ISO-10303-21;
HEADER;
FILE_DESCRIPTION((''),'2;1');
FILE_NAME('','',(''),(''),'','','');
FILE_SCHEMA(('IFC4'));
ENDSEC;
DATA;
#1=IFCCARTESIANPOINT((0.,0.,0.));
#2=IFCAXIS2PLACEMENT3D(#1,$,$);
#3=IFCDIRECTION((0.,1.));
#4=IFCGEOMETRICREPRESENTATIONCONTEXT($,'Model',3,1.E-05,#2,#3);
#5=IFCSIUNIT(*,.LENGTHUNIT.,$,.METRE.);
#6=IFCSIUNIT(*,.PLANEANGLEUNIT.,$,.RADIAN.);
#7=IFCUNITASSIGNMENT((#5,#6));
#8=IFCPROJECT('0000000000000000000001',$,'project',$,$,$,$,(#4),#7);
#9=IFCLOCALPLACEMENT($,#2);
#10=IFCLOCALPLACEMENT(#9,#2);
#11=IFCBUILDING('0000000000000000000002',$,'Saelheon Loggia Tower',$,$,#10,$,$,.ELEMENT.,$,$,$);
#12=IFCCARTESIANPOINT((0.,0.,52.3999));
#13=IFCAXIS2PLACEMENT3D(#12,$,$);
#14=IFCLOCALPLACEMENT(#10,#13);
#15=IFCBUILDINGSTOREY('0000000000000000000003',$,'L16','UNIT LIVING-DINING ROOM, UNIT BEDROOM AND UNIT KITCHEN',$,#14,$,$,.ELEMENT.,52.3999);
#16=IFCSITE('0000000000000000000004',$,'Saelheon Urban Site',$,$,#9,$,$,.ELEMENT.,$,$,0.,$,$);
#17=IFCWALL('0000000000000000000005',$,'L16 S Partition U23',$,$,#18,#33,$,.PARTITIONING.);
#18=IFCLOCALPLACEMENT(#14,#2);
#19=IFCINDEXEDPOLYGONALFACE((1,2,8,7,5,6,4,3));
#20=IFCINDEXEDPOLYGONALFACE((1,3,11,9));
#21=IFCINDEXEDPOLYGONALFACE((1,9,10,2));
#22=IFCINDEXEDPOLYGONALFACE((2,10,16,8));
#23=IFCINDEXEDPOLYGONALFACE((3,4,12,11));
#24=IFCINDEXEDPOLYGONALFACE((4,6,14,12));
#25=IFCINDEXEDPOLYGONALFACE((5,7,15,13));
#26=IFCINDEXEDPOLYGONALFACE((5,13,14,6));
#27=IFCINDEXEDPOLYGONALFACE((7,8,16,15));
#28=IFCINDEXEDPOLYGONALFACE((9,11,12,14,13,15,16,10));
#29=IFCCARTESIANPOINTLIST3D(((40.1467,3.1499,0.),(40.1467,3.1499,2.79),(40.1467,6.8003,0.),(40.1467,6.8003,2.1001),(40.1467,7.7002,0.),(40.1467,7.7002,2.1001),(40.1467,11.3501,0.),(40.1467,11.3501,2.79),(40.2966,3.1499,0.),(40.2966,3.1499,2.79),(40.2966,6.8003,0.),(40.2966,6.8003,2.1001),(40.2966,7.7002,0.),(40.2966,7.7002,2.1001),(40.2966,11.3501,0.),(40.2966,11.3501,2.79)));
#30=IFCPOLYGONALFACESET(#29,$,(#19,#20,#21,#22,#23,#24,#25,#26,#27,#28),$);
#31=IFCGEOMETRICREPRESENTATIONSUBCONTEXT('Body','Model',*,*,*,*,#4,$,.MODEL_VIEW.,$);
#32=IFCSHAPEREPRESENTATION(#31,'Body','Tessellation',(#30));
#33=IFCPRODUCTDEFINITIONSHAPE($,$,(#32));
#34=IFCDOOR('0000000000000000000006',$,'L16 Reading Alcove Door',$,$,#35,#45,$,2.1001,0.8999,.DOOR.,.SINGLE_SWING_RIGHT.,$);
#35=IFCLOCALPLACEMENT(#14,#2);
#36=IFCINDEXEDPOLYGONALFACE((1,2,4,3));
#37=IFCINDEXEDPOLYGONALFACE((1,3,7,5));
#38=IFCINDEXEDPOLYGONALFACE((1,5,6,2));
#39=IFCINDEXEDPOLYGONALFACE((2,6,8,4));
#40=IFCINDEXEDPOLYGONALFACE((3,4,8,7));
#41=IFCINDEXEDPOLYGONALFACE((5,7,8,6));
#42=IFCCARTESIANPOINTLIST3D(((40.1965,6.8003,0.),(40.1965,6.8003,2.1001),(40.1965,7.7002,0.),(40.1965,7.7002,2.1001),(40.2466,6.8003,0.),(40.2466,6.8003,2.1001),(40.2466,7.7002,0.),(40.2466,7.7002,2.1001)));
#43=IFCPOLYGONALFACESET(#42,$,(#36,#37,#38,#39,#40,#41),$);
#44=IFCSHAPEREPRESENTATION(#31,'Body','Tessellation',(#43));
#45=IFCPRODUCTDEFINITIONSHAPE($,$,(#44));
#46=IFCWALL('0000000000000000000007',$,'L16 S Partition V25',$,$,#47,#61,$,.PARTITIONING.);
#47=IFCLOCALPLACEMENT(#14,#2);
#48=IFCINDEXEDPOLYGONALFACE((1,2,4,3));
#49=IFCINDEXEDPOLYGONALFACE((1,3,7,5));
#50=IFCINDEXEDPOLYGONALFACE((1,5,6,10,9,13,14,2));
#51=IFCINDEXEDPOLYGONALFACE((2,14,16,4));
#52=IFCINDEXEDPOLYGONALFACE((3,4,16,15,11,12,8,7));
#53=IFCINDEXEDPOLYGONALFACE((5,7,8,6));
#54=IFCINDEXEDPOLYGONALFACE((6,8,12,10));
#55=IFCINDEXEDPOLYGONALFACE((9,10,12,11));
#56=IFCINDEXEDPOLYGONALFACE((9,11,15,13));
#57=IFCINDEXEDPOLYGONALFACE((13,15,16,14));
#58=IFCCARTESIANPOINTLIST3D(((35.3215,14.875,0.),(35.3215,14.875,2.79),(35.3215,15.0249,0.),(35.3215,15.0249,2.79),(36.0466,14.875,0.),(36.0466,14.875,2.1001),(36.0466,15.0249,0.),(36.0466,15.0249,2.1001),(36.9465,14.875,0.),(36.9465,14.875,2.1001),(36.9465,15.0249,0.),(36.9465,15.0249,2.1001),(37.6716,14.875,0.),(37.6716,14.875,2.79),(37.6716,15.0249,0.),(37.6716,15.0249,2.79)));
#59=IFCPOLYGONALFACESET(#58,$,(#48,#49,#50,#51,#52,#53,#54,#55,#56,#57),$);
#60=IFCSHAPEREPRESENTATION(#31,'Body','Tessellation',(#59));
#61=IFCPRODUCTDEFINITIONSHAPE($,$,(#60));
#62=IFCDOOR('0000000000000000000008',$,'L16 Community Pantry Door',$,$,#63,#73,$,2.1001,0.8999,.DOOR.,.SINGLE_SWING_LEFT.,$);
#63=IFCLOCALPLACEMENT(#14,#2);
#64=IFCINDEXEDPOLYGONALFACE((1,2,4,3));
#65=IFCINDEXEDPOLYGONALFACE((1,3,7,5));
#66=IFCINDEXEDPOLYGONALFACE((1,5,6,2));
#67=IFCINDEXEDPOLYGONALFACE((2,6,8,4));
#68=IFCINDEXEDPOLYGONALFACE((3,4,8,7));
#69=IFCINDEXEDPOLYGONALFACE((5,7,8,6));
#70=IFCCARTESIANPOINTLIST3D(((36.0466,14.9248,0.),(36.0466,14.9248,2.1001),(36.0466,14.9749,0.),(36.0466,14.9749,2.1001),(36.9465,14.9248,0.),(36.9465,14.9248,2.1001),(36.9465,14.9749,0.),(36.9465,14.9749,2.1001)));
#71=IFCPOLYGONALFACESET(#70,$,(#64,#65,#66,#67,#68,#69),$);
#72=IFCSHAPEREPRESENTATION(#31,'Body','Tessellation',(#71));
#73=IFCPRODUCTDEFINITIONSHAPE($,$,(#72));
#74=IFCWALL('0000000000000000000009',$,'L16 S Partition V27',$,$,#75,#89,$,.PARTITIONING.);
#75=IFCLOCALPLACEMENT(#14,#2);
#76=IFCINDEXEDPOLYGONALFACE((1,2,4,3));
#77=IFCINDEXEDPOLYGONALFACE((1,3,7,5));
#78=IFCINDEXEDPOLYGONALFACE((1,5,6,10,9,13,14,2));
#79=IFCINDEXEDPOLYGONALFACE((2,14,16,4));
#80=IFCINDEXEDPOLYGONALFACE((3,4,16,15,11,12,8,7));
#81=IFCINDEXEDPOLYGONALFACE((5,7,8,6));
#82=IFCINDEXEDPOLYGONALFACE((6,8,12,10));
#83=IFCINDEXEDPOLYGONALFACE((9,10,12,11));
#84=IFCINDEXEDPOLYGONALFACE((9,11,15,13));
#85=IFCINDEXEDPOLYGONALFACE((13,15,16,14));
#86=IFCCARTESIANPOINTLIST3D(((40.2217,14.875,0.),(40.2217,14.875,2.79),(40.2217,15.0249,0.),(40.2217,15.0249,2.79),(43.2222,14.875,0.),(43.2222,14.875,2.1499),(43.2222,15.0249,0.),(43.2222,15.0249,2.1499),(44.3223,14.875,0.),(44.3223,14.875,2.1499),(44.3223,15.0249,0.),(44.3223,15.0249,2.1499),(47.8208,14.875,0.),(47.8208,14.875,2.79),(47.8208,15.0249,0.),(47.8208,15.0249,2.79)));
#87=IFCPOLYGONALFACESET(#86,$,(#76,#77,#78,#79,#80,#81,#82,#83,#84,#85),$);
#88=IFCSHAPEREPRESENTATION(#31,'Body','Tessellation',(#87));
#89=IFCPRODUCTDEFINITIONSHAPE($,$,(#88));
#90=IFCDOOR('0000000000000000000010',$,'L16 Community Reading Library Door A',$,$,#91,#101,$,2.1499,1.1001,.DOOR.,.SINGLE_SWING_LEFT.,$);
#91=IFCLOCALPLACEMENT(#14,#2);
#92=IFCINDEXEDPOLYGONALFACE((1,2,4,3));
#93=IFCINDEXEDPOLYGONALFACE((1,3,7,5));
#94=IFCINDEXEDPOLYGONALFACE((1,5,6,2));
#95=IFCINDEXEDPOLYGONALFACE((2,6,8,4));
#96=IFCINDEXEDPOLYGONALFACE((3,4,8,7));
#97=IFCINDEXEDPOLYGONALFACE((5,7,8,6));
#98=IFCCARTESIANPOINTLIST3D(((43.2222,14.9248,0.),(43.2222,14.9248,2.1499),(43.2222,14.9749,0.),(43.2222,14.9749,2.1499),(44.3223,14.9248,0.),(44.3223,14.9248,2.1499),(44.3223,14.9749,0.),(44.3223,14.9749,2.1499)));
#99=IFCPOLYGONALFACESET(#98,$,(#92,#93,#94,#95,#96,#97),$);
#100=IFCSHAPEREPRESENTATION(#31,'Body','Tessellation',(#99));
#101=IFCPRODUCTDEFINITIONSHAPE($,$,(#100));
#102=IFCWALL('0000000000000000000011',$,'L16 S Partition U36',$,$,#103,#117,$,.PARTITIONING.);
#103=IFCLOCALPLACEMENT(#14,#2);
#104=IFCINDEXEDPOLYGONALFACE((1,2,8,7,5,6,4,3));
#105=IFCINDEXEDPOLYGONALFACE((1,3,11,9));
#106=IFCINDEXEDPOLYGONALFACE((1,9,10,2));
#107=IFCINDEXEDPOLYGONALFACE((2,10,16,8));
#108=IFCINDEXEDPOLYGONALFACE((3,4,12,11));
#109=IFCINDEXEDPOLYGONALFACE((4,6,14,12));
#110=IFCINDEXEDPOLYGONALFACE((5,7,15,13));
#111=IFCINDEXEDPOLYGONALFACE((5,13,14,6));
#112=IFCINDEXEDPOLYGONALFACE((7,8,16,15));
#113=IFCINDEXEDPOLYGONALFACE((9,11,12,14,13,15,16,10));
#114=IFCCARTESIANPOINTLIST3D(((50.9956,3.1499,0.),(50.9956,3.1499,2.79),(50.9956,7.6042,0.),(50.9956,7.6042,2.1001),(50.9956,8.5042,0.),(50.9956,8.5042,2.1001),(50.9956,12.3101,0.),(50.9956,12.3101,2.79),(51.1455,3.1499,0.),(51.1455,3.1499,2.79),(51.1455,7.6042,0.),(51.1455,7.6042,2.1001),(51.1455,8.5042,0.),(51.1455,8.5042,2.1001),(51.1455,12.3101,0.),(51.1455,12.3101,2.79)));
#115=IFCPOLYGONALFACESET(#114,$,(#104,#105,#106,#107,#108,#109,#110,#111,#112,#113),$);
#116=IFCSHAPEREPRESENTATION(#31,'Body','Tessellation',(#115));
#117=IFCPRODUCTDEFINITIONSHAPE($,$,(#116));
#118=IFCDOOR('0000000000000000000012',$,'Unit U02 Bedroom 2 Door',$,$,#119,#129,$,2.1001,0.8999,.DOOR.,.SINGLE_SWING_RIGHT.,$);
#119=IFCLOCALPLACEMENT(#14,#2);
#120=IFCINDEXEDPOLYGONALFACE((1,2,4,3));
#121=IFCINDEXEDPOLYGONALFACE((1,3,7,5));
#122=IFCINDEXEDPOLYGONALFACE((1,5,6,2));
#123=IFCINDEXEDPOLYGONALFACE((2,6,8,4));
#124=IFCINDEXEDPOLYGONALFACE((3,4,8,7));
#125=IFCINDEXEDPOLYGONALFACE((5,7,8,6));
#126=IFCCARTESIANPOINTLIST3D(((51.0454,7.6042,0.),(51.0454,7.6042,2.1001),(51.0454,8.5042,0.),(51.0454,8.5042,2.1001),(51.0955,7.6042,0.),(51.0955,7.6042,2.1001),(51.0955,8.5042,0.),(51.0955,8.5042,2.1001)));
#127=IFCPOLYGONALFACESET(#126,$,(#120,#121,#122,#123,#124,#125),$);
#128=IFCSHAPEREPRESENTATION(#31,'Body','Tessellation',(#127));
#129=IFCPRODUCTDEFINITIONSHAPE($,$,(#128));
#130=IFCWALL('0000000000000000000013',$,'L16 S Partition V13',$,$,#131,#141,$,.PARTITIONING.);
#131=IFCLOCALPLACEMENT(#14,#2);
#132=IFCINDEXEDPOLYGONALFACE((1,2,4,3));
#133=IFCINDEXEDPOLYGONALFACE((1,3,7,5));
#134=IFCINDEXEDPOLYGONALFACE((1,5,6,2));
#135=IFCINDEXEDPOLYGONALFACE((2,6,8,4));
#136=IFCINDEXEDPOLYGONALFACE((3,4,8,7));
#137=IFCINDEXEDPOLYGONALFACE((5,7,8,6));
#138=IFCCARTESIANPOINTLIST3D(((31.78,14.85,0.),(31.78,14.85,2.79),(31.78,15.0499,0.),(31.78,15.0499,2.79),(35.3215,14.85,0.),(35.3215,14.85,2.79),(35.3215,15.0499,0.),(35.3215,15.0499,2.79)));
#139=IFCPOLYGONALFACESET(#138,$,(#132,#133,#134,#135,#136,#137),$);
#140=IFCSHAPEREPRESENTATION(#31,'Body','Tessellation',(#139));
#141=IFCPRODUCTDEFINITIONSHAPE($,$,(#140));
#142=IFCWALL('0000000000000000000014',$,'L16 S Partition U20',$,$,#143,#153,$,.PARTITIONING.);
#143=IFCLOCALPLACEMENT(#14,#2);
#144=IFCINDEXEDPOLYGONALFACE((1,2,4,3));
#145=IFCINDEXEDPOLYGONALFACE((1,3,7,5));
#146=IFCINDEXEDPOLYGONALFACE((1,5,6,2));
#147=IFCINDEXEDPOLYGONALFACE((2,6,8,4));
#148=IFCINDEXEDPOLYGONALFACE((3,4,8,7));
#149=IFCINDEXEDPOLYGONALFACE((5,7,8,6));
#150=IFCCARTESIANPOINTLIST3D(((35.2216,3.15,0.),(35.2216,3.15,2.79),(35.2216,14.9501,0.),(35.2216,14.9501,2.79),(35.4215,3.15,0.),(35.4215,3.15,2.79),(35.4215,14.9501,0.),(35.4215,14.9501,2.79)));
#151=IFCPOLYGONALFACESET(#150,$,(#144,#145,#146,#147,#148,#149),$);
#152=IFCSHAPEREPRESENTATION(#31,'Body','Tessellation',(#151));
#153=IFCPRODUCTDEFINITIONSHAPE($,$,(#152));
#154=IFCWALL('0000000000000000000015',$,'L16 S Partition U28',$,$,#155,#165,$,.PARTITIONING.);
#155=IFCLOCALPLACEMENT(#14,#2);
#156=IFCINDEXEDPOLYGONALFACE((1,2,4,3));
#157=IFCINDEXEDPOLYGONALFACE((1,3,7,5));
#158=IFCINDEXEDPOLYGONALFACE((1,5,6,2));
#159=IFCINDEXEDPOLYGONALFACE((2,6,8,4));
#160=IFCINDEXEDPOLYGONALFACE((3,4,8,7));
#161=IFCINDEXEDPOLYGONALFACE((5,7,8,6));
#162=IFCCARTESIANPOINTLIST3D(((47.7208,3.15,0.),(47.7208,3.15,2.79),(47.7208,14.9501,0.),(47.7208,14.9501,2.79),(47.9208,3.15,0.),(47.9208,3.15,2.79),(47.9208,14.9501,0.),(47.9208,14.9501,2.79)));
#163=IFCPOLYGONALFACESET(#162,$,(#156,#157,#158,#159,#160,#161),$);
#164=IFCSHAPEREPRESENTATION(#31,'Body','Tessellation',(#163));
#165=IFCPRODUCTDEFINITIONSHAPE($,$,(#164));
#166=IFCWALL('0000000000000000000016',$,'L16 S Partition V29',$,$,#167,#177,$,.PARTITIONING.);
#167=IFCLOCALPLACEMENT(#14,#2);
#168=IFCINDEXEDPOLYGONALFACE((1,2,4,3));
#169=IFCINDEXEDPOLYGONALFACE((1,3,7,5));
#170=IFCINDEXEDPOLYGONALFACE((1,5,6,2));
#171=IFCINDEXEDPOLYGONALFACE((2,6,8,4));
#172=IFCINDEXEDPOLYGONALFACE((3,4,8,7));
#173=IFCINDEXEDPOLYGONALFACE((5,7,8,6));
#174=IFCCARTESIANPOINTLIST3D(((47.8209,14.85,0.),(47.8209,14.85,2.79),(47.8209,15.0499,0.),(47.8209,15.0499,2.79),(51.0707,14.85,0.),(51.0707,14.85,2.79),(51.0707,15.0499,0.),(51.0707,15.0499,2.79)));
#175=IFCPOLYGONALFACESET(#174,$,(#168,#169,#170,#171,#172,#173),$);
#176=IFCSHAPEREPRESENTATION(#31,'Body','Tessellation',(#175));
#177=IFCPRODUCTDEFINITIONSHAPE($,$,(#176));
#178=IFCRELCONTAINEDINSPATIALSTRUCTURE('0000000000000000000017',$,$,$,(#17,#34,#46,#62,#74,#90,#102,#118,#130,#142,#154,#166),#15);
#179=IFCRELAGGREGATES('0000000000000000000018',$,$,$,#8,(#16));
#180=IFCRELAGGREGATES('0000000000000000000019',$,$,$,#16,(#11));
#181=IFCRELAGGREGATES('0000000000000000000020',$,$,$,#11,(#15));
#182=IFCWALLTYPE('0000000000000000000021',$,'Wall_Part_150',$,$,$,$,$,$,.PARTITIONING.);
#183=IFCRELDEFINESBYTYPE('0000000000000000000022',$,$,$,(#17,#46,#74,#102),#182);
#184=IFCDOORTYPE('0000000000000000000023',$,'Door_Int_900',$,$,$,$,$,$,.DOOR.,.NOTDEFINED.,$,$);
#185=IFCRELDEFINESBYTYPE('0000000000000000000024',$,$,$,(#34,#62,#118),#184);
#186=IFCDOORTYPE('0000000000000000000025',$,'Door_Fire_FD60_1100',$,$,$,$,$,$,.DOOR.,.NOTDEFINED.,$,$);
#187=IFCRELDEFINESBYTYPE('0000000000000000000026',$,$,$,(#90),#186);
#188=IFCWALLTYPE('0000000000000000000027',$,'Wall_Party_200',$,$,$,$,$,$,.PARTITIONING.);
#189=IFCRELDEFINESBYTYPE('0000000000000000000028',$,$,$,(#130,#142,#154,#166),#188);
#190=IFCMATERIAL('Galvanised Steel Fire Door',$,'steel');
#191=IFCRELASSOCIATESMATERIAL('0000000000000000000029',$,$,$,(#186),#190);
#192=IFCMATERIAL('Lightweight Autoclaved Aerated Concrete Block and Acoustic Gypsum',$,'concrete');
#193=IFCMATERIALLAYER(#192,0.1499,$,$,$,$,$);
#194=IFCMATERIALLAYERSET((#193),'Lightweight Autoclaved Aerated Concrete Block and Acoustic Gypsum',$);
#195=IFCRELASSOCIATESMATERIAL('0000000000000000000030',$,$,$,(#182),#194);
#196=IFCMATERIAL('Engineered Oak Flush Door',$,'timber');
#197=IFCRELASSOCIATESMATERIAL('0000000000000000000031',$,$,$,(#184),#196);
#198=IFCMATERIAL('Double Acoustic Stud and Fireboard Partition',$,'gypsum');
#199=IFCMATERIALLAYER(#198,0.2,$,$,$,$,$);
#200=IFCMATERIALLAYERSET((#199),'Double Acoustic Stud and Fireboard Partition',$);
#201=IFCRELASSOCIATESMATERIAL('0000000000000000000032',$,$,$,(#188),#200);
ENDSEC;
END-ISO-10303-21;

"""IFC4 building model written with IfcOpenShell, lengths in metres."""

from ifc_helpers import new_model, si_unit, direction, frame, frame_2d, origin, place, context, subcontext, project, spatial, rectangle, extrude, source, transform, mapped, material, layer, layer_set, type_object, element, fill, save


model = new_model("IFC4")

# Units and contexts
model_context = context("Model", 3, precision=1e-05, world=origin(), true_north=direction((0.0, 1.0)))
body_context = subcontext(model_context, "Body", "Model", "MODEL_VIEW")
ifc_project = project(units=[si_unit("LENGTHUNIT", "METRE"), si_unit("PLANEANGLEUNIT", "RADIAN")], contexts=[model_context])

# Site, building, storey
site_placement = place(None, origin())
site = spatial("IfcSite", under=ifc_project, at=site_placement, Name="Saelheon Urban Site", CompositionType="ELEMENT", RefElevation=0.0)
building_placement = place(site_placement, origin())
building = spatial("IfcBuilding", under=site, at=building_placement, Name="Saelheon Loggia Tower", CompositionType="ELEMENT")
storey_placement = place(building_placement, frame((0.0, 0.0, 52.3999)))
storey = spatial("IfcBuildingStorey", under=building, at=storey_placement, Name="L16", Description="UNIT LIVING-DINING ROOM, UNIT BEDROOM AND UNIT KITCHEN", CompositionType="ELEMENT", Elevation=52.3999)

# Shared definitions
ifc_material_1 = material(Name="Galvanised Steel Fire Door", Category="steel")
door_type_1 = type_object("IfcDoorType", Name="Door_Fire_FD60_1100", OperationType="NOTDEFINED", PredefinedType="DOOR", material=ifc_material_1)
shared_shape_1 = source(origin(), body_context, "Body", "SweptSolid", [
    extrude(rectangle(XDim=1.1001, YDim=2.1499, at=frame_2d((0.55, 1.075))), frame((0.0, 0.0249, 0.0), z_axis=(0.0, -1.0, 0.0), x_axis=(1.0, 0.0, 0.0)), (0.0, 0.0, 1.0), 0.05),
])

# Shared definitions
ifc_material_2 = material(Name="Lightweight Autoclaved Aerated Concrete Block and Acoustic Gypsum", Category="concrete")
ifc_layer_1 = layer(ifc_material_2, 0.1499)
ifc_layer_set_1 = layer_set([ifc_layer_1], Name="Lightweight Autoclaved Aerated Concrete Block and Acoustic Gypsum")
wall_type_1 = type_object("IfcWallType", Name="Wall_Part_150", PredefinedType="PARTITIONING", material=ifc_layer_set_1)

# Shared definitions
ifc_material_3 = material(Name="Engineered Oak Flush Door", Category="timber")
door_type_2 = type_object("IfcDoorType", Name="Door_Int_900", OperationType="NOTDEFINED", PredefinedType="DOOR", material=ifc_material_3)
shared_shape_2 = source(origin(), body_context, "Body", "SweptSolid", [
    extrude(rectangle(XDim=0.8999, YDim=2.1001, at=frame_2d((0.45, 1.05))), frame((0.0, 0.0249, 0.0), z_axis=(0.0, -1.0, 0.0), x_axis=(1.0, 0.0, 0.0)), (0.0, 0.0, 1.0), 0.05),
])

# Walls, openings, doors
wall_1_placement = place(storey_placement, frame((40.2217, 11.3501, 0.0), z_axis=(0.0, 0.0, 1.0), x_axis=(0.0, -1.0, 0.0)))
wall_1 = element("IfcWall", 1, at=wall_1_placement, inside=storey, type_object=wall_type_1, Name="L16 S Partition U23", PredefinedType="PARTITIONING", context=body_context, shape_type="SweptSolid", body=[
    extrude(rectangle(XDim=8.2002, YDim=0.1499, at=frame_2d((4.1001, 0.0))), origin(), (0.0, 0.0, 1.0), 2.79),
])
opening_1_placement = place(wall_1_placement, frame((3.6499, 0.0, 0.0)))
opening_1 = element("IfcOpeningElement", 2, at=opening_1_placement, cuts=wall_1, PredefinedType="OPENING", context=body_context, shape_type="SweptSolid", body=[
    extrude(rectangle(XDim=0.8999, YDim=2.1001, at=frame_2d((0.45, 1.05))), frame((0.0, 0.0869, 0.0), z_axis=(0.0, -1.0, 0.0), x_axis=(1.0, 0.0, 0.0)), (0.0, 0.0, 1.0), 0.1738),
])
door_1_placement = place(opening_1_placement, origin())
door_1 = element("IfcDoor", 3, at=door_1_placement, inside=storey, type_object=door_type_2, Name="L16 Reading Alcove Door", OperationType="SINGLE_SWING_RIGHT", OverallHeight=2.1001, OverallWidth=0.8999, PredefinedType="DOOR", context=body_context, shape_type="MappedRepresentation", body=[
    mapped(shared_shape_2, transform((0.0, 0.0, 0.0), scale=1.0)),
])
fill(opening_1, door_1)
wall_2_placement = place(storey_placement, frame((35.3215, 14.95, 0.0), z_axis=(0.0, 0.0, 1.0), x_axis=(1.0, 0.0, 0.0)))
wall_2 = element("IfcWall", 4, at=wall_2_placement, inside=storey, type_object=wall_type_1, Name="L16 S Partition V25", PredefinedType="PARTITIONING", context=body_context, shape_type="SweptSolid", body=[
    extrude(rectangle(XDim=2.3501, YDim=0.1499, at=frame_2d((1.175, 0.0))), origin(), (0.0, 0.0, 1.0), 2.79),
])
opening_2_placement = place(wall_2_placement, frame((0.7251, 0.0, 0.0)))
opening_2 = element("IfcOpeningElement", 5, at=opening_2_placement, cuts=wall_2, PredefinedType="OPENING", context=body_context, shape_type="SweptSolid", body=[
    extrude(rectangle(XDim=0.8999, YDim=2.1001, at=frame_2d((0.45, 1.05))), frame((0.0, 0.0869, 0.0), z_axis=(0.0, -1.0, 0.0), x_axis=(1.0, 0.0, 0.0)), (0.0, 0.0, 1.0), 0.1738),
])
door_2_placement = place(opening_2_placement, origin())
door_2 = element("IfcDoor", 6, at=door_2_placement, inside=storey, type_object=door_type_2, Name="L16 Community Pantry Door", OperationType="SINGLE_SWING_LEFT", OverallHeight=2.1001, OverallWidth=0.8999, PredefinedType="DOOR", context=body_context, shape_type="MappedRepresentation", body=[
    mapped(shared_shape_2, transform((0.0, 0.0, 0.0), scale=1.0)),
])
fill(opening_2, door_2)
wall_3_placement = place(storey_placement, frame((40.2217, 14.95, 0.0), z_axis=(0.0, 0.0, 1.0), x_axis=(1.0, 0.0, 0.0)))
wall_3 = element("IfcWall", 7, at=wall_3_placement, inside=storey, type_object=wall_type_1, Name="L16 S Partition V27", PredefinedType="PARTITIONING", context=body_context, shape_type="SweptSolid", body=[
    extrude(rectangle(XDim=7.5991, YDim=0.1499, at=frame_2d((3.7996, 0.0))), origin(), (0.0, 0.0, 1.0), 2.79),
])
opening_3_placement = place(wall_3_placement, frame((3.0005, 0.0, 0.0)))
opening_3 = element("IfcOpeningElement", 8, at=opening_3_placement, cuts=wall_3, PredefinedType="OPENING", context=body_context, shape_type="SweptSolid", body=[
    extrude(rectangle(XDim=1.1001, YDim=2.1499, at=frame_2d((0.55, 1.075))), frame((0.0, 0.0869, 0.0), z_axis=(0.0, -1.0, 0.0), x_axis=(1.0, 0.0, 0.0)), (0.0, 0.0, 1.0), 0.1738),
])
door_3_placement = place(opening_3_placement, origin())
door_3 = element("IfcDoor", 9, at=door_3_placement, inside=storey, type_object=door_type_1, Name="L16 Community Reading Library Door A", OperationType="SINGLE_SWING_LEFT", OverallHeight=2.1499, OverallWidth=1.1001, PredefinedType="DOOR", context=body_context, shape_type="MappedRepresentation", body=[
    mapped(shared_shape_1, transform((0.0, 0.0, 0.0), scale=1.0)),
])
fill(opening_3, door_3)
wall_4_placement = place(storey_placement, frame((51.0706, 12.3101, 0.0), z_axis=(0.0, 0.0, 1.0), x_axis=(0.0, -1.0, 0.0)))
wall_4 = element("IfcWall", 10, at=wall_4_placement, inside=storey, type_object=wall_type_1, Name="L16 S Partition U36", PredefinedType="PARTITIONING", context=body_context, shape_type="SweptSolid", body=[
    extrude(rectangle(XDim=9.1602, YDim=0.1499, at=frame_2d((4.5801, 0.0))), origin(), (0.0, 0.0, 1.0), 2.79),
])
opening_4_placement = place(wall_4_placement, frame((3.8059, 0.0, 0.0)))
opening_4 = element("IfcOpeningElement", 11, at=opening_4_placement, cuts=wall_4, PredefinedType="OPENING", context=body_context, shape_type="SweptSolid", body=[
    extrude(rectangle(XDim=0.8999, YDim=2.1001, at=frame_2d((0.45, 1.05))), frame((0.0, 0.0869, 0.0), z_axis=(0.0, -1.0, 0.0), x_axis=(1.0, 0.0, 0.0)), (0.0, 0.0, 1.0), 0.1738),
])
door_4_placement = place(opening_4_placement, origin())
door_4 = element("IfcDoor", 12, at=door_4_placement, inside=storey, type_object=door_type_2, Name="Unit U02 Bedroom 2 Door", OperationType="SINGLE_SWING_RIGHT", OverallHeight=2.1001, OverallWidth=0.8999, PredefinedType="DOOR", context=body_context, shape_type="MappedRepresentation", body=[
    mapped(shared_shape_2, transform((0.0, 0.0, 0.0), scale=1.0)),
])
fill(opening_4, door_4)

# Walls
ifc_material_4 = material(Name="Double Acoustic Stud and Fireboard Partition", Category="gypsum")
ifc_layer_2 = layer(ifc_material_4, 0.2)
ifc_layer_set_2 = layer_set([ifc_layer_2], Name="Double Acoustic Stud and Fireboard Partition")
wall_type_2 = type_object("IfcWallType", Name="Wall_Party_200", PredefinedType="PARTITIONING", material=ifc_layer_set_2)
wall_5_placement = place(storey_placement, frame((31.78, 14.95, 0.0), z_axis=(0.0, 0.0, 1.0), x_axis=(1.0, 0.0, 0.0)))
element("IfcWall", 13, at=wall_5_placement, inside=storey, type_object=wall_type_2, Name="L16 S Partition V13", PredefinedType="PARTITIONING", context=body_context, shape_type="SweptSolid", body=[
    extrude(rectangle(XDim=3.5415, YDim=0.2, at=frame_2d((1.7708, 0.0))), origin(), (0.0, 0.0, 1.0), 2.79),
])
for number, where, z_axis, x_axis, name in (
    (14, (35.3215, 14.95, 0.0), (0.0, 0.0, 1.0), (0.0, -1.0, 0.0), "L16 S Partition U20"),
    (15, (47.8208, 14.95, 0.0), (0.0, 0.0, 1.0), (0.0, -1.0, 0.0), "L16 S Partition U28"),
):
    element("IfcWall", number, at=place(storey_placement, frame(where, z_axis=z_axis, x_axis=x_axis)), inside=storey, type_object=wall_type_2, Name=name, PredefinedType="PARTITIONING", context=body_context, shape_type="SweptSolid", body=[
        extrude(rectangle(XDim=11.8, YDim=0.2, at=frame_2d((5.8999, 0.0))), origin(), (0.0, 0.0, 1.0), 2.79),
    ])
wall_6_placement = place(storey_placement, frame((47.8208, 14.95, 0.0), z_axis=(0.0, 0.0, 1.0), x_axis=(1.0, 0.0, 0.0)))
element("IfcWall", 16, at=wall_6_placement, inside=storey, type_object=wall_type_2, Name="L16 S Partition V29", PredefinedType="PARTITIONING", context=body_context, shape_type="SweptSolid", body=[
    extrude(rectangle(XDim=3.2498, YDim=0.2, at=frame_2d((1.625, 0.0))), origin(), (0.0, 0.0, 1.0), 2.79),
])

save(model, "model.ifc")
